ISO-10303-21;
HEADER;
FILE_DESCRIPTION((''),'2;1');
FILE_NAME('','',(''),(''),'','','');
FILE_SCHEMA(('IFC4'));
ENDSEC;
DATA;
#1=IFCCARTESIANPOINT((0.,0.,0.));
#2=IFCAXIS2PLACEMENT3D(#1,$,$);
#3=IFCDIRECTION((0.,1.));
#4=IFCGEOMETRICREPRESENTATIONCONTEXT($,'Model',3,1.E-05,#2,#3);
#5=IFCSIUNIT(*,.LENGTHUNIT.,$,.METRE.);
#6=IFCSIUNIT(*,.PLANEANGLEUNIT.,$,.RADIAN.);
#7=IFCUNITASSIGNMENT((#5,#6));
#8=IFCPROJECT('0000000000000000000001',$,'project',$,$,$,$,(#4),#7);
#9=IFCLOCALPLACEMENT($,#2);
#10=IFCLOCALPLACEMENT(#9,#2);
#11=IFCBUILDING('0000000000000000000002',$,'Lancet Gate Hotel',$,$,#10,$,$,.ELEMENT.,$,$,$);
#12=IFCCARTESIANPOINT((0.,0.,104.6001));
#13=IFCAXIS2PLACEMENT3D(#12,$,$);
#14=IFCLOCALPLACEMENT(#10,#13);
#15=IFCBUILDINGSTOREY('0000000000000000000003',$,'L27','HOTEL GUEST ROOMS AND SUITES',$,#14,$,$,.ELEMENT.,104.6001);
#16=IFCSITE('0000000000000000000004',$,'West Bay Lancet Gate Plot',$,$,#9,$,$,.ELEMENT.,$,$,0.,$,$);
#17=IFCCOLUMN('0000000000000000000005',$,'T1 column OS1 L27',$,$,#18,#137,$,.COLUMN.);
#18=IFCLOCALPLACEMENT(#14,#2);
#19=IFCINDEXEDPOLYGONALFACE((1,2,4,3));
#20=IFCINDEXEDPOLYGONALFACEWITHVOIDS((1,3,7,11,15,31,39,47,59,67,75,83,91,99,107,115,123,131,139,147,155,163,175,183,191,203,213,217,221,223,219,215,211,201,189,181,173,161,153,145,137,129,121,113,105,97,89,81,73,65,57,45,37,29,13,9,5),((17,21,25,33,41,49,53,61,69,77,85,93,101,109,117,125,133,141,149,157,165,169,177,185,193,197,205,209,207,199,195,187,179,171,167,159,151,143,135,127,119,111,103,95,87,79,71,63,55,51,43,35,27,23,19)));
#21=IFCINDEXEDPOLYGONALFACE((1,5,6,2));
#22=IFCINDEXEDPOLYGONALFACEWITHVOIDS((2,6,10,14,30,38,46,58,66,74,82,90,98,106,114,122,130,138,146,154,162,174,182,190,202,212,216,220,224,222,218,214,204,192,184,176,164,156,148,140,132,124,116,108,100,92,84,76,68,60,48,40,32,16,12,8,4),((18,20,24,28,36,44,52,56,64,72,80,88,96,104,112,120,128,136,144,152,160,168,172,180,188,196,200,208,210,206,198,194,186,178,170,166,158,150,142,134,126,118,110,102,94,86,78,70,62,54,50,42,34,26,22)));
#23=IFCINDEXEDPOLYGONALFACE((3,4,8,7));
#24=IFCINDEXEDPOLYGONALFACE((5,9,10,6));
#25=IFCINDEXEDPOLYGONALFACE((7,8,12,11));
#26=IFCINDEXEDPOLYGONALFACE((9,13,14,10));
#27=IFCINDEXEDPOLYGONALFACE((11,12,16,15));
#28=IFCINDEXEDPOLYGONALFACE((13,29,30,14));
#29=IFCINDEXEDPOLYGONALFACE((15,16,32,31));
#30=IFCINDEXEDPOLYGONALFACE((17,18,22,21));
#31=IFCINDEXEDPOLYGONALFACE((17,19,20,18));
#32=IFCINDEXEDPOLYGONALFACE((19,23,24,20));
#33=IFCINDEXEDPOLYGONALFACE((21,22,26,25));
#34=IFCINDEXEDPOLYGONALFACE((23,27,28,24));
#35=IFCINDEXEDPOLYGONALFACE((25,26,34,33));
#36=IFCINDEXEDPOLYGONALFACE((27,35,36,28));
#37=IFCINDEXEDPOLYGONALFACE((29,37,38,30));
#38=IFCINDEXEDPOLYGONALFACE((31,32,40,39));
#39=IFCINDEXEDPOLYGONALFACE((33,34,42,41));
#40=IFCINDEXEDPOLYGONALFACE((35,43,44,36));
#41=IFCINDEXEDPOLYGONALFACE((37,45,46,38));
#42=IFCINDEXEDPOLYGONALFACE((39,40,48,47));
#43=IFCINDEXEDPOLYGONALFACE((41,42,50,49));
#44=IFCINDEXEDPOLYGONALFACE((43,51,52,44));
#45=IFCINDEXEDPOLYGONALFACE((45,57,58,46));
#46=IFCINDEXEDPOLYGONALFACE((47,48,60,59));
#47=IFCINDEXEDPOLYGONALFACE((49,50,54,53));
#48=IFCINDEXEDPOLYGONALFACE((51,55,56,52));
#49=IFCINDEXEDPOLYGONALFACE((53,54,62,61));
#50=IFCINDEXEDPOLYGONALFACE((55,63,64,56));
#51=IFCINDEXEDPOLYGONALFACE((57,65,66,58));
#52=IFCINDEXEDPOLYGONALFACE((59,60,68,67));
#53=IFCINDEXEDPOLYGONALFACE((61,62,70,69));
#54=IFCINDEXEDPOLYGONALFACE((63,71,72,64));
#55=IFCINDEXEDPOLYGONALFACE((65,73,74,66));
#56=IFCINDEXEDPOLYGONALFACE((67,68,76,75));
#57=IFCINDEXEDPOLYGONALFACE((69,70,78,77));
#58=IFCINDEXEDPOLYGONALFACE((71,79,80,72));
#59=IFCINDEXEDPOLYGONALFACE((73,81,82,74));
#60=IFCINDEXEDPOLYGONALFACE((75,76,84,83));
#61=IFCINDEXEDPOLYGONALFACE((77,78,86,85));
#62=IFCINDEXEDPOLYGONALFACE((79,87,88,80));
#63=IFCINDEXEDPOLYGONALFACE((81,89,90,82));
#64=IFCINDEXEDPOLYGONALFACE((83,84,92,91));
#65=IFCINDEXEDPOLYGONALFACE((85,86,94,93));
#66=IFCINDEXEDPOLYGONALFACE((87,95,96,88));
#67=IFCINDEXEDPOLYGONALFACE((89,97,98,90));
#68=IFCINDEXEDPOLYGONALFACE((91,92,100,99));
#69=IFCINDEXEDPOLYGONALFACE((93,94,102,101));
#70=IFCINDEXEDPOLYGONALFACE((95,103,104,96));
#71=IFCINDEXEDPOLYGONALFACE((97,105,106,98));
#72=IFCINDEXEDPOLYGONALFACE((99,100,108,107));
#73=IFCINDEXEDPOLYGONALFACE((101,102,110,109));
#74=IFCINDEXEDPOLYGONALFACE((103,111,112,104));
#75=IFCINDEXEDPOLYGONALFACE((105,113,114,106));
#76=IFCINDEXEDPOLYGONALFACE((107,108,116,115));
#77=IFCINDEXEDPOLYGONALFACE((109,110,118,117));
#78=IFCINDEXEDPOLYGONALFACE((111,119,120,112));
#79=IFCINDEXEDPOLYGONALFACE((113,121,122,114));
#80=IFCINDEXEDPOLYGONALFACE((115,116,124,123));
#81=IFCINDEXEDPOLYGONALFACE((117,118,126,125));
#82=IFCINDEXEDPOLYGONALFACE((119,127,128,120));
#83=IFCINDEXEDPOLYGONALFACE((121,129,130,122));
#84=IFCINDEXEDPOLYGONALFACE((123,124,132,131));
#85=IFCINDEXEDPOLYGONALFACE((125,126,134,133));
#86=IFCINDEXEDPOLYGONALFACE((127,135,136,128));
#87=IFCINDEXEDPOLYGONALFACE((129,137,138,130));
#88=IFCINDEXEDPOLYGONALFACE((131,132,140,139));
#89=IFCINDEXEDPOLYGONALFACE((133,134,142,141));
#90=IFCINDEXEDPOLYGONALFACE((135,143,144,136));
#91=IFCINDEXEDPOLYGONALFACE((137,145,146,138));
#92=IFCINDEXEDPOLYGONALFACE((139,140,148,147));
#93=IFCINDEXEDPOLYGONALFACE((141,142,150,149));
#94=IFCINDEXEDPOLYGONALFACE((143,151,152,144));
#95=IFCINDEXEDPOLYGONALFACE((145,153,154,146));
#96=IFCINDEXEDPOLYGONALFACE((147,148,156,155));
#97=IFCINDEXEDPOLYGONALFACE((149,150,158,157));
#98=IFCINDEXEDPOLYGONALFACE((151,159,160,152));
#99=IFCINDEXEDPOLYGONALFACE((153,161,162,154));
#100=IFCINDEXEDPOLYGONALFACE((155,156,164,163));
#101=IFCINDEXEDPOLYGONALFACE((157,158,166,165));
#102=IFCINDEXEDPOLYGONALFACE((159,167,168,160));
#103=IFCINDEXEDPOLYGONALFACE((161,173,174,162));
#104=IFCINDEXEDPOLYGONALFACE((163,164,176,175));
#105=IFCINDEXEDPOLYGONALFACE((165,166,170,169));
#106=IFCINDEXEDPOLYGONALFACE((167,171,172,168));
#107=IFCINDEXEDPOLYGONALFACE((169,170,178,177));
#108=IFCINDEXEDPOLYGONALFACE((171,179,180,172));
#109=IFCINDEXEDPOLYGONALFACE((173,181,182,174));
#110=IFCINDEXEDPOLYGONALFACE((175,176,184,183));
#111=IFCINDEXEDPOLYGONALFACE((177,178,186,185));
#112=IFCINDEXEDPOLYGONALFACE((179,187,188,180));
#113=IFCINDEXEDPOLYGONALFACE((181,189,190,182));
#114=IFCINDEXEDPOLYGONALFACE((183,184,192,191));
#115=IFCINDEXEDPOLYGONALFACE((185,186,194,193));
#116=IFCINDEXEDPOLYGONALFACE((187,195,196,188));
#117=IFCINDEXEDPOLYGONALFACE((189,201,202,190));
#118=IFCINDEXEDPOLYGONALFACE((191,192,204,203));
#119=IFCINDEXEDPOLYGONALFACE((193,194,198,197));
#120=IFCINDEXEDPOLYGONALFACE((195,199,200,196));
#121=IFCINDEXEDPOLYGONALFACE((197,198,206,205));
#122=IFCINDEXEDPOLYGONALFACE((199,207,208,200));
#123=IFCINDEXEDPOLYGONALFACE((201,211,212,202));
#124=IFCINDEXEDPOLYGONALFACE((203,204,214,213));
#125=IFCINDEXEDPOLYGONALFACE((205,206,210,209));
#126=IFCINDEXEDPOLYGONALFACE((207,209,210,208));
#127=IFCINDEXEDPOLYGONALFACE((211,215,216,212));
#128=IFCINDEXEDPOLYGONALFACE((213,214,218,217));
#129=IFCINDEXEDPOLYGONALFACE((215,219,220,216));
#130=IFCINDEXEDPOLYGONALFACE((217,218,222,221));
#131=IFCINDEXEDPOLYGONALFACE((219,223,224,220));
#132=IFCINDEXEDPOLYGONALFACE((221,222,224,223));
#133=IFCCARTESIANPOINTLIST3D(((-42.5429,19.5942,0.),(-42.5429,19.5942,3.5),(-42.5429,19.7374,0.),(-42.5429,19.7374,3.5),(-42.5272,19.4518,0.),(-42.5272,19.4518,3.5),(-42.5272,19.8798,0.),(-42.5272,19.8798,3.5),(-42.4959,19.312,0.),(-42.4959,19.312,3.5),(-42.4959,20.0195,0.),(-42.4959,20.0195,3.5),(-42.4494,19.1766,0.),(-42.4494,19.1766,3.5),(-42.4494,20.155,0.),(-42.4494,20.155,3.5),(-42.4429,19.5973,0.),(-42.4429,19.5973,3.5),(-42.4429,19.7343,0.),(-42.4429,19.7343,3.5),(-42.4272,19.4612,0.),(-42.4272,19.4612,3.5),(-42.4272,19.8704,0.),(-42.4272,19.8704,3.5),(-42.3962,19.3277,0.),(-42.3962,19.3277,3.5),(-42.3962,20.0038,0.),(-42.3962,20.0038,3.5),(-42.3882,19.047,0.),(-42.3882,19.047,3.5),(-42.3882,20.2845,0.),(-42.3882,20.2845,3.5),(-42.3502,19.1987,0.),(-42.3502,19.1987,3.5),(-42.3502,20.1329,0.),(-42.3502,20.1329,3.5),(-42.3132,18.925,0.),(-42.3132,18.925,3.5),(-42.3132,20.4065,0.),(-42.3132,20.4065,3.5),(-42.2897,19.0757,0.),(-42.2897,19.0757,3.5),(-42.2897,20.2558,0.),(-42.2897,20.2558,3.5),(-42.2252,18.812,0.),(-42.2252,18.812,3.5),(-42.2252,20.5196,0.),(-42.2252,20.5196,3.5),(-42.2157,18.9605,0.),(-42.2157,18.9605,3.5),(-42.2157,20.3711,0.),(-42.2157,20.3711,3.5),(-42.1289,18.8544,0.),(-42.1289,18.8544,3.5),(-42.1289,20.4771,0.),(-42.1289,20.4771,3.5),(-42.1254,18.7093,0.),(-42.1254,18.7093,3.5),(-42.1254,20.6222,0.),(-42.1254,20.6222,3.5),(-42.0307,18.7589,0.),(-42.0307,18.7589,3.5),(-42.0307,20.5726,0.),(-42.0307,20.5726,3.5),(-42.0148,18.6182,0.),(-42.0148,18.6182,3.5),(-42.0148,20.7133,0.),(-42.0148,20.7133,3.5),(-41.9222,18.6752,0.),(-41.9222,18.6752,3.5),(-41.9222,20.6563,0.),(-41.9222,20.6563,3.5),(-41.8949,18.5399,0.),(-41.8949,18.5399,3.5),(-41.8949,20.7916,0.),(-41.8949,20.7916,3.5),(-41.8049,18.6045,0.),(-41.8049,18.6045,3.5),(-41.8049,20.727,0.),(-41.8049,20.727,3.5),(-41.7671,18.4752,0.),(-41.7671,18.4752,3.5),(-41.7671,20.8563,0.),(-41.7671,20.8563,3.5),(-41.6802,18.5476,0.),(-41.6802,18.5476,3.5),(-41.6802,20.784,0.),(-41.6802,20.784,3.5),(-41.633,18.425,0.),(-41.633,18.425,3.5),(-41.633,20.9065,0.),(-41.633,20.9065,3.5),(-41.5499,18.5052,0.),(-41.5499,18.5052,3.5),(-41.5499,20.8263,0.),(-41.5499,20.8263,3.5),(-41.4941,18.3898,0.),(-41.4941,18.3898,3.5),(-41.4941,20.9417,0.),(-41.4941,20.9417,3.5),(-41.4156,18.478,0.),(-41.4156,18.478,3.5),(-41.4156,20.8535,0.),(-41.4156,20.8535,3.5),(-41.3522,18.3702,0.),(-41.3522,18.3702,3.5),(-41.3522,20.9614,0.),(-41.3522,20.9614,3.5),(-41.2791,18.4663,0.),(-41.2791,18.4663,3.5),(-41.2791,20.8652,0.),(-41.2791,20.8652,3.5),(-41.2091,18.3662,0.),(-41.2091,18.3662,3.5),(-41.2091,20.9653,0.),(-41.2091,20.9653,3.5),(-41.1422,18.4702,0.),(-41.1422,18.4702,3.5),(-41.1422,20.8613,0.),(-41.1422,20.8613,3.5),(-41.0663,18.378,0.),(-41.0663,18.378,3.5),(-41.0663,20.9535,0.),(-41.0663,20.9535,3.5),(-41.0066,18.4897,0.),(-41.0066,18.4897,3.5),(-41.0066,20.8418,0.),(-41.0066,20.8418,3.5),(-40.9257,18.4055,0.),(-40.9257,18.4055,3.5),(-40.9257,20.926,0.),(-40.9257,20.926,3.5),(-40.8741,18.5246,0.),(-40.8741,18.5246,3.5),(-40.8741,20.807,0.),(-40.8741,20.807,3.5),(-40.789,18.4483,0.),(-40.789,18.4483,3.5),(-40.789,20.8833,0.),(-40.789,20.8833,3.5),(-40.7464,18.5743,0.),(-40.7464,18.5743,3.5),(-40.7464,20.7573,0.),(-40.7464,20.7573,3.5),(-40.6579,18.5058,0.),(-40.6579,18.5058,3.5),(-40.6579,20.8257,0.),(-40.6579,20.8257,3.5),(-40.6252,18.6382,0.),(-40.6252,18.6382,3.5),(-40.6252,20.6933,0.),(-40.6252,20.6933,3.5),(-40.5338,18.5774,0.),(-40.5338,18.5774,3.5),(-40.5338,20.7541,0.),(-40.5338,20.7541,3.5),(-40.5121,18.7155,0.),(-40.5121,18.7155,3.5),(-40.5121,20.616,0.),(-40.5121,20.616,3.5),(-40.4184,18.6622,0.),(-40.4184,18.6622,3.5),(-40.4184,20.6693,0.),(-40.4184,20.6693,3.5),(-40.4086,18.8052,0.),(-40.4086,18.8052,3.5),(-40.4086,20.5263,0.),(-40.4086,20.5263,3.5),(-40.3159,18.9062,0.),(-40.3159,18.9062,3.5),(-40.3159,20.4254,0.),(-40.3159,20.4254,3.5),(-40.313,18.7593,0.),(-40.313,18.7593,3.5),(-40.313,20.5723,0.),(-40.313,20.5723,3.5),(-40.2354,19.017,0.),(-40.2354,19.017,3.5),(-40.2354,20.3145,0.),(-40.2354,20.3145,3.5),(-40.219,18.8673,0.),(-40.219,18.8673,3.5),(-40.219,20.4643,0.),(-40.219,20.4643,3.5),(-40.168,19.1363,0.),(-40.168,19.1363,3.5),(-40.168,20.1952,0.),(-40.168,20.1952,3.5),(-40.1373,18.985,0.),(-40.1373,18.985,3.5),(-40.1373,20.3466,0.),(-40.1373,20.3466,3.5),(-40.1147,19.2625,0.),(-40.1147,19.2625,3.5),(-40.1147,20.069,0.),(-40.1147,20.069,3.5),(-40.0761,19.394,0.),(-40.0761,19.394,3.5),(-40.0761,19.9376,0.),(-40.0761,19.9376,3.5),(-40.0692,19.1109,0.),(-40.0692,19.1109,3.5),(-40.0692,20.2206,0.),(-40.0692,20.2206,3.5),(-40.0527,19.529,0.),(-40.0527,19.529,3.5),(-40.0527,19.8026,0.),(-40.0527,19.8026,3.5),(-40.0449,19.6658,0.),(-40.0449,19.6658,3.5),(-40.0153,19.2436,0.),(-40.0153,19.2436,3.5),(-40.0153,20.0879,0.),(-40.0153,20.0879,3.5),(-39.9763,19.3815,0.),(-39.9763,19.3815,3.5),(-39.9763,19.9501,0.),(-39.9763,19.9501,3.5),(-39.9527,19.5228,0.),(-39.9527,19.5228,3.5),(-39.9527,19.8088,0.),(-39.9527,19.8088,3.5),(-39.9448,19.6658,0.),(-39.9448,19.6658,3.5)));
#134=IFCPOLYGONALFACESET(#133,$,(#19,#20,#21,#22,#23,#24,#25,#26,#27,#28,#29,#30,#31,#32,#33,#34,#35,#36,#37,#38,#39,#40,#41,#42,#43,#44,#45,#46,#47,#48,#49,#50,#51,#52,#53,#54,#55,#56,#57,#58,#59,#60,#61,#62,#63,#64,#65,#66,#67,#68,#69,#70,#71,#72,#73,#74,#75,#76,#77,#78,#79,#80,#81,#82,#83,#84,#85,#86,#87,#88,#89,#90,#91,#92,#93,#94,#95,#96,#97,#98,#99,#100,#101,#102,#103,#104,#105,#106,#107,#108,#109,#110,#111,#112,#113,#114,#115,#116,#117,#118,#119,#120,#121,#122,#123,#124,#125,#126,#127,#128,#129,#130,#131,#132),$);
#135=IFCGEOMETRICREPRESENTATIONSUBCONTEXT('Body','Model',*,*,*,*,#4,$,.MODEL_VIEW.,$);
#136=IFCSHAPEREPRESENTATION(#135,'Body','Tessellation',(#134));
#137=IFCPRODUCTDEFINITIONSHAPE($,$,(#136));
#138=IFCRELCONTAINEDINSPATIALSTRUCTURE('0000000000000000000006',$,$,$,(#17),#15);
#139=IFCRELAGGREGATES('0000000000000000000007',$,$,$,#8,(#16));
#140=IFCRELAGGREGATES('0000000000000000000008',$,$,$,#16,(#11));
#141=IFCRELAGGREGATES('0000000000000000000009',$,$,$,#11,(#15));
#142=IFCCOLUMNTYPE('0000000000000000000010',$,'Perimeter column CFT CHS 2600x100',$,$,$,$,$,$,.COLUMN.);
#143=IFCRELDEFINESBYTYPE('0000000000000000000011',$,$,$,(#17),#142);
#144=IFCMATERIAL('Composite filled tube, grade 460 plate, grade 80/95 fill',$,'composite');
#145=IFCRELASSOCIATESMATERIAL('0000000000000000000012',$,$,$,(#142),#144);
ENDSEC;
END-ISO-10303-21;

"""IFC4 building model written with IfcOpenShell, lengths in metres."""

from ifc_helpers import new_model, si_unit, direction, frame, origin, origin_2d, place, context, subcontext, project, spatial, hollow_circle, extrude, material, material_profile, profile_set, type_object, element, save


model = new_model("IFC4")

# Units and contexts
model_context = context("Model", 3, precision=1e-05, world=origin(), true_north=direction((0.0, 1.0)))
body_context = subcontext(model_context, "Body", "Model", "MODEL_VIEW")
ifc_project = project(units=[si_unit("LENGTHUNIT", "METRE"), si_unit("PLANEANGLEUNIT", "RADIAN")], contexts=[model_context])

# Site, building, storey
site_placement = place(None, origin())
site = spatial("IfcSite", under=ifc_project, at=site_placement, Name="West Bay Lancet Gate Plot", CompositionType="ELEMENT", RefElevation=0.0)
building_placement = place(site_placement, origin())
building = spatial("IfcBuilding", under=site, at=building_placement, Name="Lancet Gate Hotel", CompositionType="ELEMENT")
storey_placement = place(building_placement, frame((0.0, 0.0, 104.6001)))
storey = spatial("IfcBuildingStorey", under=building, at=storey_placement, Name="L27", Description="HOTEL GUEST ROOMS AND SUITES", CompositionType="ELEMENT", Elevation=104.6001)

# Column
ifc_material_1 = material(Name="Composite filled tube, grade 460 plate, grade 80/95 fill", Category="composite")
ifc_material_profile_1 = material_profile(ifc_material_1, hollow_circle(Radius=1.3, WallThickness=0.1001, at=origin_2d()), Name="CHS 2600x100")
ifc_profile_set_1 = profile_set([ifc_material_profile_1], Name="Composite filled tube, grade 460 plate, grade 80/95 fill")
column_type = type_object("IfcColumnType", Name="Perimeter column CFT CHS 2600x100", PredefinedType="COLUMN", material=ifc_profile_set_1)
for number, where, z_axis, x_axis, name in (
    (1, (-41.2449, 19.6658, 0.0), (0.0, 0.0, 1.0), (1.0, 0.0, 0.0), "T1 column OS1 L27"),
):
    element("IfcColumn", number, at=place(storey_placement, frame(where, z_axis=z_axis, x_axis=x_axis)), inside=storey, type_object=column_type, Name=name, PredefinedType="COLUMN", context=body_context, shape_type="SweptSolid", body=[
        extrude(hollow_circle(Radius=1.3, WallThickness=0.1001, at=origin_2d()), origin(), (0.0, 0.0, 1.0), 3.5),
    ])

save(model, "model.ifc")
